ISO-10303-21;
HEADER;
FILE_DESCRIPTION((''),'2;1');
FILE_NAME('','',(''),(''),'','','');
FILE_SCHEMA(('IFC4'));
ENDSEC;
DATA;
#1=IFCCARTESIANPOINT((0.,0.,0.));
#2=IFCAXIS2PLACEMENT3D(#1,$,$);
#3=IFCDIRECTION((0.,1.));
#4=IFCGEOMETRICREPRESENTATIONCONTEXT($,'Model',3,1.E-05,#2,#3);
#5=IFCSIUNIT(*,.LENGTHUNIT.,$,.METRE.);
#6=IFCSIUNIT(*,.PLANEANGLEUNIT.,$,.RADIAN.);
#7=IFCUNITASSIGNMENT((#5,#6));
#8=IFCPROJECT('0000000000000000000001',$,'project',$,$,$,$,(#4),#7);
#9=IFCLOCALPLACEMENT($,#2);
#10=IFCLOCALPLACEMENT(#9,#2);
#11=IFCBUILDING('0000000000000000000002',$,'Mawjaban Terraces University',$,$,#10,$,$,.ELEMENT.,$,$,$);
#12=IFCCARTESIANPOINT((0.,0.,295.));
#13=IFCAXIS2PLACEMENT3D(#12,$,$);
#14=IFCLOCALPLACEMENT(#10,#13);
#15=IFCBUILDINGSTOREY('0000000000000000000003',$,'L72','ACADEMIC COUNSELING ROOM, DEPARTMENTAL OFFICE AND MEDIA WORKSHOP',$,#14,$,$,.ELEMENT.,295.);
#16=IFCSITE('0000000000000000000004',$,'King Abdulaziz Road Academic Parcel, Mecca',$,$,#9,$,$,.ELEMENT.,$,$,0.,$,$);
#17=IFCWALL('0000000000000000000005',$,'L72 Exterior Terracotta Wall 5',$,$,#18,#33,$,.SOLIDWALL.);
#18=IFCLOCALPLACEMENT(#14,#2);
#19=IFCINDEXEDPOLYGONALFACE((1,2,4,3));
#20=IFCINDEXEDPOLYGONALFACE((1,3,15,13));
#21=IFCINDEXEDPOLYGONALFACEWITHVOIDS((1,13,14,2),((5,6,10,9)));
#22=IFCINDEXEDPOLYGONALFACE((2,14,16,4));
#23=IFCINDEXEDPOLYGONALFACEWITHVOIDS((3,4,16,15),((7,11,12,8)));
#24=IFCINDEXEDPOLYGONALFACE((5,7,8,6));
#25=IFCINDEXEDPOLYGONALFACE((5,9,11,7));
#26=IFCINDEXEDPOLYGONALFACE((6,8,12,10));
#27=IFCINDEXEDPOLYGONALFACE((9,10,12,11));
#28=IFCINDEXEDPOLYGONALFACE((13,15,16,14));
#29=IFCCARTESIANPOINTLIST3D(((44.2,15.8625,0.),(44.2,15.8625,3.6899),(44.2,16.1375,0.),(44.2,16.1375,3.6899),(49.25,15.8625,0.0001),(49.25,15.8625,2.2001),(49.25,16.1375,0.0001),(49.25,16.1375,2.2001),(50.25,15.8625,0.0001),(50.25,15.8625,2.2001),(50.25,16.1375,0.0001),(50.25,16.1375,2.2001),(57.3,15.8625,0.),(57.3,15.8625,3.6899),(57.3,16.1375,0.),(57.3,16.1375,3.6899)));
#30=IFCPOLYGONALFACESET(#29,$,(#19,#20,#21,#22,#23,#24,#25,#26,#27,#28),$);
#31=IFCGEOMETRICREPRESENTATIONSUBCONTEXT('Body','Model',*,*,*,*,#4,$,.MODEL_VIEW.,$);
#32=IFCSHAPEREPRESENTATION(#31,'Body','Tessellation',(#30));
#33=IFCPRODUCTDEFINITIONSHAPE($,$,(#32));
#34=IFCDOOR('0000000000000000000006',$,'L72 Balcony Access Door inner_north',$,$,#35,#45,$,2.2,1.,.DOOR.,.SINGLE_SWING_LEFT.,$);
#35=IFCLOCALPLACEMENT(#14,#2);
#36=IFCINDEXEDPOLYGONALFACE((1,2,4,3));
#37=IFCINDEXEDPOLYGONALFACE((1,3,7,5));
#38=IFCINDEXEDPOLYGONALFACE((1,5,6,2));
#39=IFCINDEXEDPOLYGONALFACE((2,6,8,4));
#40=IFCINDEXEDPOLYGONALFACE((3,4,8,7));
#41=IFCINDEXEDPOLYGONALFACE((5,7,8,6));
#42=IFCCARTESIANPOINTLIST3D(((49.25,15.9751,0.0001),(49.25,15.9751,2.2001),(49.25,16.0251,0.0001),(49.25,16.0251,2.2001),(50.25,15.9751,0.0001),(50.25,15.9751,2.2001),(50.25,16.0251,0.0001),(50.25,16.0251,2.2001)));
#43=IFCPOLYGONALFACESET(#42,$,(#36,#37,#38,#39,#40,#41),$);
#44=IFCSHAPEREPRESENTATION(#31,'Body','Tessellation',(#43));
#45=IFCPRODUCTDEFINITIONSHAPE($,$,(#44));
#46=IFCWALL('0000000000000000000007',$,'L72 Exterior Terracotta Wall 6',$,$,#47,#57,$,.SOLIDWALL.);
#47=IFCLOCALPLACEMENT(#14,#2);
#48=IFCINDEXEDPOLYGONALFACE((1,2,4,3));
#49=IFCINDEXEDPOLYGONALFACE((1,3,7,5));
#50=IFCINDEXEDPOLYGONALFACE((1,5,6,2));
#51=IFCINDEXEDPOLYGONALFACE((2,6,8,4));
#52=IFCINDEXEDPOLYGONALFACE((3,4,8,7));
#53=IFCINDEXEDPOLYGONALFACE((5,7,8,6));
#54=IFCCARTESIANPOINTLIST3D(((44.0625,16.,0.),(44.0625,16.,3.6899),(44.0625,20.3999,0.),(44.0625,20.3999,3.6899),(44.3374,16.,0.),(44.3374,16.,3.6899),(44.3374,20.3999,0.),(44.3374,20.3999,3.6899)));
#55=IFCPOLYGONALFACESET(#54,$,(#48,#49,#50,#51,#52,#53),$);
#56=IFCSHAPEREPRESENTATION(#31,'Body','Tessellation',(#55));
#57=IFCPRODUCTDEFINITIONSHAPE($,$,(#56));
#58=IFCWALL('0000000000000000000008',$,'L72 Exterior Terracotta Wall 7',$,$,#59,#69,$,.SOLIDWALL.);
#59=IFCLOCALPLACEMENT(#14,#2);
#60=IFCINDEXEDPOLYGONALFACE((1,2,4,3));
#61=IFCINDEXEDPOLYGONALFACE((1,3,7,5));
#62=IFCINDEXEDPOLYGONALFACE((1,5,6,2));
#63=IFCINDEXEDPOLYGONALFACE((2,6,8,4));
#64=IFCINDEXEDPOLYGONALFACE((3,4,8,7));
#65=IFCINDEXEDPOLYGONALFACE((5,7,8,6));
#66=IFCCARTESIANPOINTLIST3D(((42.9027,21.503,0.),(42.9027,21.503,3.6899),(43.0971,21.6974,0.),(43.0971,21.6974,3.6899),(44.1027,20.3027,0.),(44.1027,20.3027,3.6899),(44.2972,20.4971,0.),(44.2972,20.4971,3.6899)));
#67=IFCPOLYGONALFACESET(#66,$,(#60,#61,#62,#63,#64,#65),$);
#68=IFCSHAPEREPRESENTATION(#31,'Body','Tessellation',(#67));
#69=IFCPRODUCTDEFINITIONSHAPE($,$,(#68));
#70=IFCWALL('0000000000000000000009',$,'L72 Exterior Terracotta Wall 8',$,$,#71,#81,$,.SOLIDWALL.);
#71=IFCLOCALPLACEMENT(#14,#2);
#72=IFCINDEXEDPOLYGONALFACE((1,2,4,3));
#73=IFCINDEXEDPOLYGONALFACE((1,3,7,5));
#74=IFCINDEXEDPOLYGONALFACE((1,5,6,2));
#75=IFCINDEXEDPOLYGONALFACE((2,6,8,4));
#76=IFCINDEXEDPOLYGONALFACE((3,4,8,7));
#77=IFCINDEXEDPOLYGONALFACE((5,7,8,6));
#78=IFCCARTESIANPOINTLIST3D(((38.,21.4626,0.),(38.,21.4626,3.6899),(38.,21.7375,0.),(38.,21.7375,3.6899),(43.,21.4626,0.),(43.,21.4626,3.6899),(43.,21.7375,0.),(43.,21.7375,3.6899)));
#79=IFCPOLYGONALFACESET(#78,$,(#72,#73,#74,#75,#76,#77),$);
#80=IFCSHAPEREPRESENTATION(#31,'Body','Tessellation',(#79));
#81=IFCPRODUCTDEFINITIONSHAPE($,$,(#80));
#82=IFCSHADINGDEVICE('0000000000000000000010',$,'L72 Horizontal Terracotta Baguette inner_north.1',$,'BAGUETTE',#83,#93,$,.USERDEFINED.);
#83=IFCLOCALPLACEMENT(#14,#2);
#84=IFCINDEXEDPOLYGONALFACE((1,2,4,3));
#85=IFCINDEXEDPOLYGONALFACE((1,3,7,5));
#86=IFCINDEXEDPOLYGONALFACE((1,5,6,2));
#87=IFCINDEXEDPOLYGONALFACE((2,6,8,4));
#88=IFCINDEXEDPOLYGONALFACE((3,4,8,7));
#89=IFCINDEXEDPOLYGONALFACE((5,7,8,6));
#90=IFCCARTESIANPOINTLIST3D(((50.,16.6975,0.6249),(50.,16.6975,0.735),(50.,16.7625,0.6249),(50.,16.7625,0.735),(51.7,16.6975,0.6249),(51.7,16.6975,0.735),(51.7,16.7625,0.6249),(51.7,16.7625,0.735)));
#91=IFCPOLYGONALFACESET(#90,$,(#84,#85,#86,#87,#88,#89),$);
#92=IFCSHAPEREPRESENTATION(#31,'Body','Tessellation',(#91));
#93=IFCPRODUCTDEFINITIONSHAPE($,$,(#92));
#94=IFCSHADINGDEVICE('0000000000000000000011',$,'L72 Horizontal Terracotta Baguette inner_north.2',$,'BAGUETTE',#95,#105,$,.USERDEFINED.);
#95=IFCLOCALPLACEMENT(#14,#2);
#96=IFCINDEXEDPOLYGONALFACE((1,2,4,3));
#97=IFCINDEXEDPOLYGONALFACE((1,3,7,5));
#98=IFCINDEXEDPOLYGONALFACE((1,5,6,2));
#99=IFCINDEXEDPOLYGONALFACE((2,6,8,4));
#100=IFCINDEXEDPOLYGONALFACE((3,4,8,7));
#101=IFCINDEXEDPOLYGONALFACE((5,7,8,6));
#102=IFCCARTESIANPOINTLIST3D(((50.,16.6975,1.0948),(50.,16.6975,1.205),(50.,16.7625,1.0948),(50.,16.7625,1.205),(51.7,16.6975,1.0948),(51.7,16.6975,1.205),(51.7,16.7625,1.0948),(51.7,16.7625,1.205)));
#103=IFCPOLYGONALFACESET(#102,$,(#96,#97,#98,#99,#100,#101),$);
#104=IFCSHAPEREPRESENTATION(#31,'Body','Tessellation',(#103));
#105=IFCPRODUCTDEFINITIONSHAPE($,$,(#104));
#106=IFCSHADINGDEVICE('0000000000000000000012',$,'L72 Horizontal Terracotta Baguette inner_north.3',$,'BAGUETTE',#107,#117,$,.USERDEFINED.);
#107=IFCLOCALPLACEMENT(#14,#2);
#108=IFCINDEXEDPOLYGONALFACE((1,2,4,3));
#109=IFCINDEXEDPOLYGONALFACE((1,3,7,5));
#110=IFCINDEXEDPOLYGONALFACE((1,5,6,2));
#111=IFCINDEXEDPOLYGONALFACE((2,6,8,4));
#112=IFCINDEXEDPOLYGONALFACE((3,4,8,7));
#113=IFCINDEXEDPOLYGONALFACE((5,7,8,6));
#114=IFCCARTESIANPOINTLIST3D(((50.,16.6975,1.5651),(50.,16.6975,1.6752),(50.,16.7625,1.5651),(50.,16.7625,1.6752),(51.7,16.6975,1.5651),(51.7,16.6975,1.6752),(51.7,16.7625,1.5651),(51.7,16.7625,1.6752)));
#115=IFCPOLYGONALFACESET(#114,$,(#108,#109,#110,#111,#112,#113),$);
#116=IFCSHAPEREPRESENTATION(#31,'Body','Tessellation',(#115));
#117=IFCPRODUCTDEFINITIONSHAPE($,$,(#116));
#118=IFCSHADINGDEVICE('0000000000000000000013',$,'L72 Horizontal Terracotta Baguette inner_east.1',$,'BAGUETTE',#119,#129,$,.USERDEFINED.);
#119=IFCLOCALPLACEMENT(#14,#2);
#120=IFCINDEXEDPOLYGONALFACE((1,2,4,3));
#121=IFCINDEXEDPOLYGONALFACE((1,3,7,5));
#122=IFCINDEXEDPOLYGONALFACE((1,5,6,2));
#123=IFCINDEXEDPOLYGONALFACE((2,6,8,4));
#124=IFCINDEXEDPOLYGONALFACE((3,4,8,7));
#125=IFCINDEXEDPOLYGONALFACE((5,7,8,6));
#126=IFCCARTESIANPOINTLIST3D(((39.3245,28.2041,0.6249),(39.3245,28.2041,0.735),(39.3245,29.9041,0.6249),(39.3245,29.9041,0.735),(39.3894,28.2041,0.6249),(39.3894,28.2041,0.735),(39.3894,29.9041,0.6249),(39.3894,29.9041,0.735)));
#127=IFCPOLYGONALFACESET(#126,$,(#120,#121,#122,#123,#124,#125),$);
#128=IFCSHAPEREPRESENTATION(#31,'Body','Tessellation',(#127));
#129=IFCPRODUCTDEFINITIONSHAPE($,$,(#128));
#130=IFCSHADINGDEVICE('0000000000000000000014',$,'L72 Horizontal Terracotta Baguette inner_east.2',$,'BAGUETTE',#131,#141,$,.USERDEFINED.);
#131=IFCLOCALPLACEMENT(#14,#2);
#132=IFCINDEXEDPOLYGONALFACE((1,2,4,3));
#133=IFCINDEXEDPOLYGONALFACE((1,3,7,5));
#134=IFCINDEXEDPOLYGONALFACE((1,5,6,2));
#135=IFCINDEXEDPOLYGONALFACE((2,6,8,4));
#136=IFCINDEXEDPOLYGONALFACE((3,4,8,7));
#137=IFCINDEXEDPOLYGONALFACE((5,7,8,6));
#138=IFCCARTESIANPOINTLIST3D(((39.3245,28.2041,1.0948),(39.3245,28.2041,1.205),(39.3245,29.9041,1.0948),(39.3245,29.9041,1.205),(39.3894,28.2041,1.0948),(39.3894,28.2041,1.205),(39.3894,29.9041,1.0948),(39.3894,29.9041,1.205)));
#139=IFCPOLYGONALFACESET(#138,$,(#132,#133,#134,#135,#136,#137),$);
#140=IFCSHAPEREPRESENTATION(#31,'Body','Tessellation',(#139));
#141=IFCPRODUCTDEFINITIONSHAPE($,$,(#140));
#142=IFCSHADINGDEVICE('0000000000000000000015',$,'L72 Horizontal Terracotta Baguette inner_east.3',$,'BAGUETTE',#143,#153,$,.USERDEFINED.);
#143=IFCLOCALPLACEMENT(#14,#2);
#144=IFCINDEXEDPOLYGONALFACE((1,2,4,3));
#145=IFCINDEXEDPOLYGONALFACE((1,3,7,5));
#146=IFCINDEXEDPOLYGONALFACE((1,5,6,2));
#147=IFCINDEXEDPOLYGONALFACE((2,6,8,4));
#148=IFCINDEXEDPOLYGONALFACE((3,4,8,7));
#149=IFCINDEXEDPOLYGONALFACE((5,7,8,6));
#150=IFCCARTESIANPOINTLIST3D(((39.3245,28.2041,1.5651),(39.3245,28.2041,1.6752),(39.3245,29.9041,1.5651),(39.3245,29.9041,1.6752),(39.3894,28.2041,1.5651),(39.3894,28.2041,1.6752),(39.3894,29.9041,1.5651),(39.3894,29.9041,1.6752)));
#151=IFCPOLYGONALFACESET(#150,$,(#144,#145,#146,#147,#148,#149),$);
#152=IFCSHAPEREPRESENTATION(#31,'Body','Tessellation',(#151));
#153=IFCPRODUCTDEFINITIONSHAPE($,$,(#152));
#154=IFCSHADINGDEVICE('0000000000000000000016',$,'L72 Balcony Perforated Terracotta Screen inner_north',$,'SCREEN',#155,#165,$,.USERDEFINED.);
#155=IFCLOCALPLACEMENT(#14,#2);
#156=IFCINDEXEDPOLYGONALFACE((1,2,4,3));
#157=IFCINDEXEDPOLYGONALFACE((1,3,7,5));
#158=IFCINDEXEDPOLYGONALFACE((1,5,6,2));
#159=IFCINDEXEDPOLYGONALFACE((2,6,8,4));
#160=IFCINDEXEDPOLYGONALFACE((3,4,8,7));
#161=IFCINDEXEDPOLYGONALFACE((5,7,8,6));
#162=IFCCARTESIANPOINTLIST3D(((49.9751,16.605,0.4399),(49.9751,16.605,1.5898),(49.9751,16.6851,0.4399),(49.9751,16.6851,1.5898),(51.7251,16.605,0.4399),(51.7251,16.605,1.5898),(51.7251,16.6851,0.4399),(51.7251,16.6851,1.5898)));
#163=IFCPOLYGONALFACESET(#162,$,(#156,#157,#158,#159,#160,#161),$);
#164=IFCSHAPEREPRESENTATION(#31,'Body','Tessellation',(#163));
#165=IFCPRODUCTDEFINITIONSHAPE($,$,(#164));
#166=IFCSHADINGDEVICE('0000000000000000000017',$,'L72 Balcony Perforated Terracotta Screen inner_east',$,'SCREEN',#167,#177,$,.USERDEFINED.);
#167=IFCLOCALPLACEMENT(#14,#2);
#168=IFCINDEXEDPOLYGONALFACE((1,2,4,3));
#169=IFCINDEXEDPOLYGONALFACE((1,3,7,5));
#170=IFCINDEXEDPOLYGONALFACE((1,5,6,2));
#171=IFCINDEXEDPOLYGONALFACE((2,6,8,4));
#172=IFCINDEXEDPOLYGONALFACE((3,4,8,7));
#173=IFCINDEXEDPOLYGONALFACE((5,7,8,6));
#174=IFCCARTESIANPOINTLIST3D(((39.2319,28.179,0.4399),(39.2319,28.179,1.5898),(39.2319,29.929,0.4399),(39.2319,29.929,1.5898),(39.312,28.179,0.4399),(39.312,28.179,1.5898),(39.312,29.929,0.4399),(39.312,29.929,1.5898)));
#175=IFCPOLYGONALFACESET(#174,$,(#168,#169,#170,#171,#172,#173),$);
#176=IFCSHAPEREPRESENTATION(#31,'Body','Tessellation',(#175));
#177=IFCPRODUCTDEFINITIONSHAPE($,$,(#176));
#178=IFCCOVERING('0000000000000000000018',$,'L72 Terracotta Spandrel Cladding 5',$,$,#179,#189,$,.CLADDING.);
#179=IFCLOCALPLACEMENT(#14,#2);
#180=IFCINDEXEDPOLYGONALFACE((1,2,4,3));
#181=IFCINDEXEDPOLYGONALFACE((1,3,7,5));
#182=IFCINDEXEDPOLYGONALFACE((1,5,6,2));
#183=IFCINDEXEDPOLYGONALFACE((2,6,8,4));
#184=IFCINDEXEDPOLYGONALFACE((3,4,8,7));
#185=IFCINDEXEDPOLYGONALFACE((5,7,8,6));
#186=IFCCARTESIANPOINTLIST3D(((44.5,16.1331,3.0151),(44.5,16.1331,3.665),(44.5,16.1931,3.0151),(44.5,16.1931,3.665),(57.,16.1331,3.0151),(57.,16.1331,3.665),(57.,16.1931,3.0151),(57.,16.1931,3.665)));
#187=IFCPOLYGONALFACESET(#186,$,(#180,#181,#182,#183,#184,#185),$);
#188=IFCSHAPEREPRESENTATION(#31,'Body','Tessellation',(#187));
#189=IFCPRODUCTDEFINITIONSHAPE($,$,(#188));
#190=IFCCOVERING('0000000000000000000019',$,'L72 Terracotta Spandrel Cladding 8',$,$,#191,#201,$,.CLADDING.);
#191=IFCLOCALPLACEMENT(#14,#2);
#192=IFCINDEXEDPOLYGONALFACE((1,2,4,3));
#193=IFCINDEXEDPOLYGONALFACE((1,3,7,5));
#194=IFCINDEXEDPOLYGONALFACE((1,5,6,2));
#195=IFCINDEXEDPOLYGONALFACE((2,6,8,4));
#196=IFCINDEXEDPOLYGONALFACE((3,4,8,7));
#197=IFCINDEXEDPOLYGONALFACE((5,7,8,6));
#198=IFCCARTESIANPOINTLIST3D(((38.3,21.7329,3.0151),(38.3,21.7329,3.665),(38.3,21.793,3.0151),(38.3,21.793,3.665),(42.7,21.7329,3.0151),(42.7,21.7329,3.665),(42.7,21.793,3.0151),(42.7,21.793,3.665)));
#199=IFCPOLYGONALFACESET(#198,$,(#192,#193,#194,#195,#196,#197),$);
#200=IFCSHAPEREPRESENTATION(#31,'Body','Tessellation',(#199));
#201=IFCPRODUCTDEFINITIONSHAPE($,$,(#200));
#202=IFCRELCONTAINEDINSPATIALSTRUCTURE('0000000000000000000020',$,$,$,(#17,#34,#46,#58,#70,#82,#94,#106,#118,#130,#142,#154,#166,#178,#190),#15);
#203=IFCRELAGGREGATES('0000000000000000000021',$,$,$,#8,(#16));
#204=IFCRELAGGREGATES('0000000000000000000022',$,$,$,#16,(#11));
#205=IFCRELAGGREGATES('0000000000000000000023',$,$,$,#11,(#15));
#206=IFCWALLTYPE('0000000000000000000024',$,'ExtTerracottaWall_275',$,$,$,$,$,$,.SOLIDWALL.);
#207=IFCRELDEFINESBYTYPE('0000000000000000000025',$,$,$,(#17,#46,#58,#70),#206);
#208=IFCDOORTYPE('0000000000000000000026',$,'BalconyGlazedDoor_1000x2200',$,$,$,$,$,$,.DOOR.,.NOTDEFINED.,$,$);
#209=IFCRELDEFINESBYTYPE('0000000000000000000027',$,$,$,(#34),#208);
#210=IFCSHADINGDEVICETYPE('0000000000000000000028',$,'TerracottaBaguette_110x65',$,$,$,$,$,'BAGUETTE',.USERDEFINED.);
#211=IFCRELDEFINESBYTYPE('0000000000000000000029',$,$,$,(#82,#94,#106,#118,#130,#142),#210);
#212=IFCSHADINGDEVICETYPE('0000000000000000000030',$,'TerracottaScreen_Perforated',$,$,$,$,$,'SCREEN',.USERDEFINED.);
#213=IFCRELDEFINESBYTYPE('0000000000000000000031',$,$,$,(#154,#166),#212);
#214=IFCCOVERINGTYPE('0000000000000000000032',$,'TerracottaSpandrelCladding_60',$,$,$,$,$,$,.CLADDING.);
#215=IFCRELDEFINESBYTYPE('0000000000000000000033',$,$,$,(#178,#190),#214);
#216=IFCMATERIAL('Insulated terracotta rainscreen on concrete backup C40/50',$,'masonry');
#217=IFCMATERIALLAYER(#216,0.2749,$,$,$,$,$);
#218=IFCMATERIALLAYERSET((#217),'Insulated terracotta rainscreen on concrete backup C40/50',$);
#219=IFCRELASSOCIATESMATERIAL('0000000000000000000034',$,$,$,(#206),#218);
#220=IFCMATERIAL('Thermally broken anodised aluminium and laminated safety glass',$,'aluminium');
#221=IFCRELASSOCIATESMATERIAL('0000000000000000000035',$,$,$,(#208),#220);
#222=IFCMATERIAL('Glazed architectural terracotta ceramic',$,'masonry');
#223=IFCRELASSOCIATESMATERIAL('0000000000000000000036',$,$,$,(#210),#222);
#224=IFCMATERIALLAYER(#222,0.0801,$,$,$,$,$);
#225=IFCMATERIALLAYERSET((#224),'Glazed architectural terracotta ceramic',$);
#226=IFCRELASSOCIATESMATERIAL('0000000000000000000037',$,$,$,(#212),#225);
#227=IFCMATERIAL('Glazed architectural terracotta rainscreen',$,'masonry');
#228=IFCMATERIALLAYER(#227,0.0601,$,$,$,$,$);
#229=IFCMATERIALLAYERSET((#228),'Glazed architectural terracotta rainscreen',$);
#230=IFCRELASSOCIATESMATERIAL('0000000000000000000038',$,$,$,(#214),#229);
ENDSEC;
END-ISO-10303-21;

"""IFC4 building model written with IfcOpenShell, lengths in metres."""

from ifc_helpers import new_model, si_unit, direction, frame, frame_2d, origin, origin_2d, place, context, subcontext, project, spatial, rectangle, extrude, material, layer, layer_set, material_profile, profile_set, type_object, element, fill, save


model = new_model("IFC4")

# Units and contexts
model_context = context("Model", 3, precision=1e-05, world=origin(), true_north=direction((0.0, 1.0)))
body_context = subcontext(model_context, "Body", "Model", "MODEL_VIEW")
ifc_project = project(units=[si_unit("LENGTHUNIT", "METRE"), si_unit("PLANEANGLEUNIT", "RADIAN")], contexts=[model_context])

# Site, building, storey
site_placement = place(None, origin())
site = spatial("IfcSite", under=ifc_project, at=site_placement, Name="King Abdulaziz Road Academic Parcel, Mecca", CompositionType="ELEMENT", RefElevation=0.0)
building_placement = place(site_placement, origin())
building = spatial("IfcBuilding", under=site, at=building_placement, Name="Mawjaban Terraces University", CompositionType="ELEMENT")
storey_placement = place(building_placement, frame((0.0, 0.0, 295.0)))
storey = spatial("IfcBuildingStorey", under=building, at=storey_placement, Name="L72", Description="ACADEMIC COUNSELING ROOM, DEPARTMENTAL OFFICE AND MEDIA WORKSHOP", CompositionType="ELEMENT", Elevation=295.0)

# Wall, opening, door
ifc_material_1 = material(Name="Insulated terracotta rainscreen on concrete backup C40/50", Category="masonry")
ifc_layer_1 = layer(ifc_material_1, 0.2749)
ifc_layer_set_1 = layer_set([ifc_layer_1], Name="Insulated terracotta rainscreen on concrete backup C40/50")
wall_type = type_object("IfcWallType", Name="ExtTerracottaWall_275", PredefinedType="SOLIDWALL", material=ifc_layer_set_1)
wall_1_placement = place(storey_placement, frame((57.3, 16.0, 0.0), z_axis=(0.0, 0.0, 1.0), x_axis=(-1.0, 0.0, 0.0)))
wall_1 = element("IfcWall", 1, at=wall_1_placement, inside=storey, type_object=wall_type, Name="L72 Exterior Terracotta Wall 5", PredefinedType="SOLIDWALL", context=body_context, shape_type="SweptSolid", body=[
    extrude(rectangle(XDim=13.1001, YDim=0.2749, at=frame_2d((6.55, 0.0))), origin(), (0.0, 0.0, 1.0), 3.6899),
])
opening_placement = place(wall_1_placement, frame((7.05, 0.0, 0.0)))
opening = element("IfcOpeningElement", 2, at=opening_placement, cuts=wall_1, PredefinedType="OPENING", context=body_context, shape_type="SweptSolid", body=[
    extrude(rectangle(XDim=1.0, YDim=2.2, at=frame_2d((0.5, 1.1001))), frame((0.0, 0.1475, 0.0), z_axis=(0.0, -1.0, 0.0), x_axis=(1.0, 0.0, 0.0)), (0.0, 0.0, 1.0), 0.2949),
])
ifc_material_2 = material(Name="Thermally broken anodised aluminium and laminated safety glass", Category="aluminium")
door_type = type_object("IfcDoorType", Name="BalconyGlazedDoor_1000x2200", OperationType="NOTDEFINED", PredefinedType="DOOR", material=ifc_material_2)
door_placement = place(opening_placement, origin())
door = element("IfcDoor", 3, at=door_placement, inside=storey, type_object=door_type, Name="L72 Balcony Access Door inner_north", OperationType="SINGLE_SWING_LEFT", OverallHeight=2.2, OverallWidth=1.0, PredefinedType="DOOR", context=body_context, shape_type="SweptSolid", body=[
    extrude(rectangle(XDim=1.0, YDim=2.2, at=frame_2d((0.5, 1.1001))), frame((0.0, 0.0249, 0.0), z_axis=(0.0, -1.0, 0.0), x_axis=(1.0, 0.0, 0.0)), (0.0, 0.0, 1.0), 0.05),
])
fill(opening, door)

# Walls
wall_2_placement = place(storey_placement, frame((44.2, 16.0, 0.0), z_axis=(0.0, 0.0, 1.0), x_axis=(0.0, 1.0, 0.0)))
element("IfcWall", 4, at=wall_2_placement, inside=storey, type_object=wall_type, Name="L72 Exterior Terracotta Wall 6", PredefinedType="SOLIDWALL", context=body_context, shape_type="SweptSolid", body=[
    extrude(rectangle(XDim=4.3999, YDim=0.2749, at=frame_2d((2.2, 0.0))), origin(), (0.0, 0.0, 1.0), 3.6899),
])
wall_3_placement = place(storey_placement, frame((44.2, 20.3999, 0.0), z_axis=(0.0, 0.0, 1.0), x_axis=(-0.707035, 0.707179, 0.0)))
element("IfcWall", 5, at=wall_3_placement, inside=storey, type_object=wall_type, Name="L72 Exterior Terracotta Wall 7", PredefinedType="SOLIDWALL", context=body_context, shape_type="SweptSolid", body=[
    extrude(rectangle(XDim=1.6973, YDim=0.2749, at=frame_2d((0.8486, 0.0))), origin(), (0.0, 0.0, 1.0), 3.6899),
])
wall_4_placement = place(storey_placement, frame((43.0, 21.6001, 0.0), z_axis=(0.0, 0.0, 1.0), x_axis=(-1.0, 0.0, 0.0)))
element("IfcWall", 6, at=wall_4_placement, inside=storey, type_object=wall_type, Name="L72 Exterior Terracotta Wall 8", PredefinedType="SOLIDWALL", context=body_context, shape_type="SweptSolid", body=[
    extrude(rectangle(XDim=5.0, YDim=0.2749, at=frame_2d((2.5, 0.0))), origin(), (0.0, 0.0, 1.0), 3.6899),
])

# Shading devices
ifc_material_3 = material(Name="Glazed architectural terracotta ceramic", Category="masonry")
ifc_material_profile = material_profile(ifc_material_3, rectangle(XDim=0.0649, YDim=0.1101, at=origin_2d()), Name="TBAG110X65")
ifc_profile_set = profile_set([ifc_material_profile], Name="Glazed architectural terracotta ceramic")
shading_device_type_1 = type_object("IfcShadingDeviceType", Name="TerracottaBaguette_110x65", ElementType="BAGUETTE", PredefinedType="USERDEFINED", material=ifc_profile_set)
for number, where, z_axis, x_axis, name in (
    (7, (50.0, 16.73, 0.6799), (1.0, 0.0, 0.0), (0.0, 1.0, 0.0), "L72 Horizontal Terracotta Baguette inner_north.1"),
    (8, (50.0, 16.73, 1.1499), (1.0, 0.0, 0.0), (0.0, 1.0, 0.0), "L72 Horizontal Terracotta Baguette inner_north.2"),
    (9, (50.0, 16.73, 1.6201), (1.0, 0.0, 0.0), (0.0, 1.0, 0.0), "L72 Horizontal Terracotta Baguette inner_north.3"),
    (10, (39.3569, 28.2041, 0.6799), (0.0, 1.0, 0.0), (-1.0, 0.0, 0.0), "L72 Horizontal Terracotta Baguette inner_east.1"),
    (11, (39.3569, 28.2041, 1.1499), (0.0, 1.0, 0.0), (-1.0, 0.0, 0.0), "L72 Horizontal Terracotta Baguette inner_east.2"),
    (12, (39.3569, 28.2041, 1.6201), (0.0, 1.0, 0.0), (-1.0, 0.0, 0.0), "L72 Horizontal Terracotta Baguette inner_east.3"),
):
    element("IfcShadingDevice", number, at=place(storey_placement, frame(where, z_axis=z_axis, x_axis=x_axis)), inside=storey, type_object=shading_device_type_1, Name=name, ObjectType="BAGUETTE", PredefinedType="USERDEFINED", context=body_context, shape_type="SweptSolid", body=[
        extrude(rectangle(XDim=0.0649, YDim=0.1101, at=origin_2d()), origin(), (0.0, 0.0, 1.0), 1.7),
    ])
ifc_layer_2 = layer(ifc_material_3, 0.0801)
ifc_layer_set_2 = layer_set([ifc_layer_2], Name="Glazed architectural terracotta ceramic")
shading_device_type_2 = type_object("IfcShadingDeviceType", Name="TerracottaScreen_Perforated", ElementType="SCREEN", PredefinedType="USERDEFINED", material=ifc_layer_set_2)
for number, where, z_axis, x_axis, name in (
    (13, (50.8501, 16.645, 0.4399), (0.0, 0.0, 1.0), (1.0, 0.0, 0.0), "L72 Balcony Perforated Terracotta Screen inner_north"),
    (14, (39.272, 29.054, 0.4399), (0.0, 0.0, 1.0), (0.0, 1.0, 0.0), "L72 Balcony Perforated Terracotta Screen inner_east"),
):
    element("IfcShadingDevice", number, at=place(storey_placement, frame(where, z_axis=z_axis, x_axis=x_axis)), inside=storey, type_object=shading_device_type_2, Name=name, ObjectType="SCREEN", PredefinedType="USERDEFINED", context=body_context, shape_type="SweptSolid", body=[
        extrude(rectangle(XDim=1.75, YDim=0.0801, at=origin_2d()), origin(), (0.0, 0.0, 1.0), 1.1499),
    ])

# Coverings
ifc_material_4 = material(Name="Glazed architectural terracotta rainscreen", Category="masonry")
ifc_layer_3 = layer(ifc_material_4, 0.0601)
ifc_layer_set_3 = layer_set([ifc_layer_3], Name="Glazed architectural terracotta rainscreen")
covering_type = type_object("IfcCoveringType", Name="TerracottaSpandrelCladding_60", PredefinedType="CLADDING", material=ifc_layer_set_3)
covering_1_placement = place(storey_placement, frame((50.75, 16.1631, 3.0151), z_axis=(0.0, 0.0, 1.0), x_axis=(-1.0, 0.0, 0.0)))
element("IfcCovering", 15, at=covering_1_placement, inside=storey, type_object=covering_type, Name="L72 Terracotta Spandrel Cladding 5", PredefinedType="CLADDING", context=body_context, shape_type="SweptSolid", body=[
    extrude(rectangle(XDim=12.5, YDim=0.0601, at=origin_2d()), origin(), (0.0, 0.0, 1.0), 0.6499),
])
covering_2_placement = place(storey_placement, frame((40.5, 21.7629, 3.0151), z_axis=(0.0, 0.0, 1.0), x_axis=(-1.0, 0.0, 0.0)))
element("IfcCovering", 16, at=covering_2_placement, inside=storey, type_object=covering_type, Name="L72 Terracotta Spandrel Cladding 8", PredefinedType="CLADDING", context=body_context, shape_type="SweptSolid", body=[
    extrude(rectangle(XDim=4.3999, YDim=0.0601, at=origin_2d()), origin(), (0.0, 0.0, 1.0), 0.6499),
])

save(model, "model.ifc")
